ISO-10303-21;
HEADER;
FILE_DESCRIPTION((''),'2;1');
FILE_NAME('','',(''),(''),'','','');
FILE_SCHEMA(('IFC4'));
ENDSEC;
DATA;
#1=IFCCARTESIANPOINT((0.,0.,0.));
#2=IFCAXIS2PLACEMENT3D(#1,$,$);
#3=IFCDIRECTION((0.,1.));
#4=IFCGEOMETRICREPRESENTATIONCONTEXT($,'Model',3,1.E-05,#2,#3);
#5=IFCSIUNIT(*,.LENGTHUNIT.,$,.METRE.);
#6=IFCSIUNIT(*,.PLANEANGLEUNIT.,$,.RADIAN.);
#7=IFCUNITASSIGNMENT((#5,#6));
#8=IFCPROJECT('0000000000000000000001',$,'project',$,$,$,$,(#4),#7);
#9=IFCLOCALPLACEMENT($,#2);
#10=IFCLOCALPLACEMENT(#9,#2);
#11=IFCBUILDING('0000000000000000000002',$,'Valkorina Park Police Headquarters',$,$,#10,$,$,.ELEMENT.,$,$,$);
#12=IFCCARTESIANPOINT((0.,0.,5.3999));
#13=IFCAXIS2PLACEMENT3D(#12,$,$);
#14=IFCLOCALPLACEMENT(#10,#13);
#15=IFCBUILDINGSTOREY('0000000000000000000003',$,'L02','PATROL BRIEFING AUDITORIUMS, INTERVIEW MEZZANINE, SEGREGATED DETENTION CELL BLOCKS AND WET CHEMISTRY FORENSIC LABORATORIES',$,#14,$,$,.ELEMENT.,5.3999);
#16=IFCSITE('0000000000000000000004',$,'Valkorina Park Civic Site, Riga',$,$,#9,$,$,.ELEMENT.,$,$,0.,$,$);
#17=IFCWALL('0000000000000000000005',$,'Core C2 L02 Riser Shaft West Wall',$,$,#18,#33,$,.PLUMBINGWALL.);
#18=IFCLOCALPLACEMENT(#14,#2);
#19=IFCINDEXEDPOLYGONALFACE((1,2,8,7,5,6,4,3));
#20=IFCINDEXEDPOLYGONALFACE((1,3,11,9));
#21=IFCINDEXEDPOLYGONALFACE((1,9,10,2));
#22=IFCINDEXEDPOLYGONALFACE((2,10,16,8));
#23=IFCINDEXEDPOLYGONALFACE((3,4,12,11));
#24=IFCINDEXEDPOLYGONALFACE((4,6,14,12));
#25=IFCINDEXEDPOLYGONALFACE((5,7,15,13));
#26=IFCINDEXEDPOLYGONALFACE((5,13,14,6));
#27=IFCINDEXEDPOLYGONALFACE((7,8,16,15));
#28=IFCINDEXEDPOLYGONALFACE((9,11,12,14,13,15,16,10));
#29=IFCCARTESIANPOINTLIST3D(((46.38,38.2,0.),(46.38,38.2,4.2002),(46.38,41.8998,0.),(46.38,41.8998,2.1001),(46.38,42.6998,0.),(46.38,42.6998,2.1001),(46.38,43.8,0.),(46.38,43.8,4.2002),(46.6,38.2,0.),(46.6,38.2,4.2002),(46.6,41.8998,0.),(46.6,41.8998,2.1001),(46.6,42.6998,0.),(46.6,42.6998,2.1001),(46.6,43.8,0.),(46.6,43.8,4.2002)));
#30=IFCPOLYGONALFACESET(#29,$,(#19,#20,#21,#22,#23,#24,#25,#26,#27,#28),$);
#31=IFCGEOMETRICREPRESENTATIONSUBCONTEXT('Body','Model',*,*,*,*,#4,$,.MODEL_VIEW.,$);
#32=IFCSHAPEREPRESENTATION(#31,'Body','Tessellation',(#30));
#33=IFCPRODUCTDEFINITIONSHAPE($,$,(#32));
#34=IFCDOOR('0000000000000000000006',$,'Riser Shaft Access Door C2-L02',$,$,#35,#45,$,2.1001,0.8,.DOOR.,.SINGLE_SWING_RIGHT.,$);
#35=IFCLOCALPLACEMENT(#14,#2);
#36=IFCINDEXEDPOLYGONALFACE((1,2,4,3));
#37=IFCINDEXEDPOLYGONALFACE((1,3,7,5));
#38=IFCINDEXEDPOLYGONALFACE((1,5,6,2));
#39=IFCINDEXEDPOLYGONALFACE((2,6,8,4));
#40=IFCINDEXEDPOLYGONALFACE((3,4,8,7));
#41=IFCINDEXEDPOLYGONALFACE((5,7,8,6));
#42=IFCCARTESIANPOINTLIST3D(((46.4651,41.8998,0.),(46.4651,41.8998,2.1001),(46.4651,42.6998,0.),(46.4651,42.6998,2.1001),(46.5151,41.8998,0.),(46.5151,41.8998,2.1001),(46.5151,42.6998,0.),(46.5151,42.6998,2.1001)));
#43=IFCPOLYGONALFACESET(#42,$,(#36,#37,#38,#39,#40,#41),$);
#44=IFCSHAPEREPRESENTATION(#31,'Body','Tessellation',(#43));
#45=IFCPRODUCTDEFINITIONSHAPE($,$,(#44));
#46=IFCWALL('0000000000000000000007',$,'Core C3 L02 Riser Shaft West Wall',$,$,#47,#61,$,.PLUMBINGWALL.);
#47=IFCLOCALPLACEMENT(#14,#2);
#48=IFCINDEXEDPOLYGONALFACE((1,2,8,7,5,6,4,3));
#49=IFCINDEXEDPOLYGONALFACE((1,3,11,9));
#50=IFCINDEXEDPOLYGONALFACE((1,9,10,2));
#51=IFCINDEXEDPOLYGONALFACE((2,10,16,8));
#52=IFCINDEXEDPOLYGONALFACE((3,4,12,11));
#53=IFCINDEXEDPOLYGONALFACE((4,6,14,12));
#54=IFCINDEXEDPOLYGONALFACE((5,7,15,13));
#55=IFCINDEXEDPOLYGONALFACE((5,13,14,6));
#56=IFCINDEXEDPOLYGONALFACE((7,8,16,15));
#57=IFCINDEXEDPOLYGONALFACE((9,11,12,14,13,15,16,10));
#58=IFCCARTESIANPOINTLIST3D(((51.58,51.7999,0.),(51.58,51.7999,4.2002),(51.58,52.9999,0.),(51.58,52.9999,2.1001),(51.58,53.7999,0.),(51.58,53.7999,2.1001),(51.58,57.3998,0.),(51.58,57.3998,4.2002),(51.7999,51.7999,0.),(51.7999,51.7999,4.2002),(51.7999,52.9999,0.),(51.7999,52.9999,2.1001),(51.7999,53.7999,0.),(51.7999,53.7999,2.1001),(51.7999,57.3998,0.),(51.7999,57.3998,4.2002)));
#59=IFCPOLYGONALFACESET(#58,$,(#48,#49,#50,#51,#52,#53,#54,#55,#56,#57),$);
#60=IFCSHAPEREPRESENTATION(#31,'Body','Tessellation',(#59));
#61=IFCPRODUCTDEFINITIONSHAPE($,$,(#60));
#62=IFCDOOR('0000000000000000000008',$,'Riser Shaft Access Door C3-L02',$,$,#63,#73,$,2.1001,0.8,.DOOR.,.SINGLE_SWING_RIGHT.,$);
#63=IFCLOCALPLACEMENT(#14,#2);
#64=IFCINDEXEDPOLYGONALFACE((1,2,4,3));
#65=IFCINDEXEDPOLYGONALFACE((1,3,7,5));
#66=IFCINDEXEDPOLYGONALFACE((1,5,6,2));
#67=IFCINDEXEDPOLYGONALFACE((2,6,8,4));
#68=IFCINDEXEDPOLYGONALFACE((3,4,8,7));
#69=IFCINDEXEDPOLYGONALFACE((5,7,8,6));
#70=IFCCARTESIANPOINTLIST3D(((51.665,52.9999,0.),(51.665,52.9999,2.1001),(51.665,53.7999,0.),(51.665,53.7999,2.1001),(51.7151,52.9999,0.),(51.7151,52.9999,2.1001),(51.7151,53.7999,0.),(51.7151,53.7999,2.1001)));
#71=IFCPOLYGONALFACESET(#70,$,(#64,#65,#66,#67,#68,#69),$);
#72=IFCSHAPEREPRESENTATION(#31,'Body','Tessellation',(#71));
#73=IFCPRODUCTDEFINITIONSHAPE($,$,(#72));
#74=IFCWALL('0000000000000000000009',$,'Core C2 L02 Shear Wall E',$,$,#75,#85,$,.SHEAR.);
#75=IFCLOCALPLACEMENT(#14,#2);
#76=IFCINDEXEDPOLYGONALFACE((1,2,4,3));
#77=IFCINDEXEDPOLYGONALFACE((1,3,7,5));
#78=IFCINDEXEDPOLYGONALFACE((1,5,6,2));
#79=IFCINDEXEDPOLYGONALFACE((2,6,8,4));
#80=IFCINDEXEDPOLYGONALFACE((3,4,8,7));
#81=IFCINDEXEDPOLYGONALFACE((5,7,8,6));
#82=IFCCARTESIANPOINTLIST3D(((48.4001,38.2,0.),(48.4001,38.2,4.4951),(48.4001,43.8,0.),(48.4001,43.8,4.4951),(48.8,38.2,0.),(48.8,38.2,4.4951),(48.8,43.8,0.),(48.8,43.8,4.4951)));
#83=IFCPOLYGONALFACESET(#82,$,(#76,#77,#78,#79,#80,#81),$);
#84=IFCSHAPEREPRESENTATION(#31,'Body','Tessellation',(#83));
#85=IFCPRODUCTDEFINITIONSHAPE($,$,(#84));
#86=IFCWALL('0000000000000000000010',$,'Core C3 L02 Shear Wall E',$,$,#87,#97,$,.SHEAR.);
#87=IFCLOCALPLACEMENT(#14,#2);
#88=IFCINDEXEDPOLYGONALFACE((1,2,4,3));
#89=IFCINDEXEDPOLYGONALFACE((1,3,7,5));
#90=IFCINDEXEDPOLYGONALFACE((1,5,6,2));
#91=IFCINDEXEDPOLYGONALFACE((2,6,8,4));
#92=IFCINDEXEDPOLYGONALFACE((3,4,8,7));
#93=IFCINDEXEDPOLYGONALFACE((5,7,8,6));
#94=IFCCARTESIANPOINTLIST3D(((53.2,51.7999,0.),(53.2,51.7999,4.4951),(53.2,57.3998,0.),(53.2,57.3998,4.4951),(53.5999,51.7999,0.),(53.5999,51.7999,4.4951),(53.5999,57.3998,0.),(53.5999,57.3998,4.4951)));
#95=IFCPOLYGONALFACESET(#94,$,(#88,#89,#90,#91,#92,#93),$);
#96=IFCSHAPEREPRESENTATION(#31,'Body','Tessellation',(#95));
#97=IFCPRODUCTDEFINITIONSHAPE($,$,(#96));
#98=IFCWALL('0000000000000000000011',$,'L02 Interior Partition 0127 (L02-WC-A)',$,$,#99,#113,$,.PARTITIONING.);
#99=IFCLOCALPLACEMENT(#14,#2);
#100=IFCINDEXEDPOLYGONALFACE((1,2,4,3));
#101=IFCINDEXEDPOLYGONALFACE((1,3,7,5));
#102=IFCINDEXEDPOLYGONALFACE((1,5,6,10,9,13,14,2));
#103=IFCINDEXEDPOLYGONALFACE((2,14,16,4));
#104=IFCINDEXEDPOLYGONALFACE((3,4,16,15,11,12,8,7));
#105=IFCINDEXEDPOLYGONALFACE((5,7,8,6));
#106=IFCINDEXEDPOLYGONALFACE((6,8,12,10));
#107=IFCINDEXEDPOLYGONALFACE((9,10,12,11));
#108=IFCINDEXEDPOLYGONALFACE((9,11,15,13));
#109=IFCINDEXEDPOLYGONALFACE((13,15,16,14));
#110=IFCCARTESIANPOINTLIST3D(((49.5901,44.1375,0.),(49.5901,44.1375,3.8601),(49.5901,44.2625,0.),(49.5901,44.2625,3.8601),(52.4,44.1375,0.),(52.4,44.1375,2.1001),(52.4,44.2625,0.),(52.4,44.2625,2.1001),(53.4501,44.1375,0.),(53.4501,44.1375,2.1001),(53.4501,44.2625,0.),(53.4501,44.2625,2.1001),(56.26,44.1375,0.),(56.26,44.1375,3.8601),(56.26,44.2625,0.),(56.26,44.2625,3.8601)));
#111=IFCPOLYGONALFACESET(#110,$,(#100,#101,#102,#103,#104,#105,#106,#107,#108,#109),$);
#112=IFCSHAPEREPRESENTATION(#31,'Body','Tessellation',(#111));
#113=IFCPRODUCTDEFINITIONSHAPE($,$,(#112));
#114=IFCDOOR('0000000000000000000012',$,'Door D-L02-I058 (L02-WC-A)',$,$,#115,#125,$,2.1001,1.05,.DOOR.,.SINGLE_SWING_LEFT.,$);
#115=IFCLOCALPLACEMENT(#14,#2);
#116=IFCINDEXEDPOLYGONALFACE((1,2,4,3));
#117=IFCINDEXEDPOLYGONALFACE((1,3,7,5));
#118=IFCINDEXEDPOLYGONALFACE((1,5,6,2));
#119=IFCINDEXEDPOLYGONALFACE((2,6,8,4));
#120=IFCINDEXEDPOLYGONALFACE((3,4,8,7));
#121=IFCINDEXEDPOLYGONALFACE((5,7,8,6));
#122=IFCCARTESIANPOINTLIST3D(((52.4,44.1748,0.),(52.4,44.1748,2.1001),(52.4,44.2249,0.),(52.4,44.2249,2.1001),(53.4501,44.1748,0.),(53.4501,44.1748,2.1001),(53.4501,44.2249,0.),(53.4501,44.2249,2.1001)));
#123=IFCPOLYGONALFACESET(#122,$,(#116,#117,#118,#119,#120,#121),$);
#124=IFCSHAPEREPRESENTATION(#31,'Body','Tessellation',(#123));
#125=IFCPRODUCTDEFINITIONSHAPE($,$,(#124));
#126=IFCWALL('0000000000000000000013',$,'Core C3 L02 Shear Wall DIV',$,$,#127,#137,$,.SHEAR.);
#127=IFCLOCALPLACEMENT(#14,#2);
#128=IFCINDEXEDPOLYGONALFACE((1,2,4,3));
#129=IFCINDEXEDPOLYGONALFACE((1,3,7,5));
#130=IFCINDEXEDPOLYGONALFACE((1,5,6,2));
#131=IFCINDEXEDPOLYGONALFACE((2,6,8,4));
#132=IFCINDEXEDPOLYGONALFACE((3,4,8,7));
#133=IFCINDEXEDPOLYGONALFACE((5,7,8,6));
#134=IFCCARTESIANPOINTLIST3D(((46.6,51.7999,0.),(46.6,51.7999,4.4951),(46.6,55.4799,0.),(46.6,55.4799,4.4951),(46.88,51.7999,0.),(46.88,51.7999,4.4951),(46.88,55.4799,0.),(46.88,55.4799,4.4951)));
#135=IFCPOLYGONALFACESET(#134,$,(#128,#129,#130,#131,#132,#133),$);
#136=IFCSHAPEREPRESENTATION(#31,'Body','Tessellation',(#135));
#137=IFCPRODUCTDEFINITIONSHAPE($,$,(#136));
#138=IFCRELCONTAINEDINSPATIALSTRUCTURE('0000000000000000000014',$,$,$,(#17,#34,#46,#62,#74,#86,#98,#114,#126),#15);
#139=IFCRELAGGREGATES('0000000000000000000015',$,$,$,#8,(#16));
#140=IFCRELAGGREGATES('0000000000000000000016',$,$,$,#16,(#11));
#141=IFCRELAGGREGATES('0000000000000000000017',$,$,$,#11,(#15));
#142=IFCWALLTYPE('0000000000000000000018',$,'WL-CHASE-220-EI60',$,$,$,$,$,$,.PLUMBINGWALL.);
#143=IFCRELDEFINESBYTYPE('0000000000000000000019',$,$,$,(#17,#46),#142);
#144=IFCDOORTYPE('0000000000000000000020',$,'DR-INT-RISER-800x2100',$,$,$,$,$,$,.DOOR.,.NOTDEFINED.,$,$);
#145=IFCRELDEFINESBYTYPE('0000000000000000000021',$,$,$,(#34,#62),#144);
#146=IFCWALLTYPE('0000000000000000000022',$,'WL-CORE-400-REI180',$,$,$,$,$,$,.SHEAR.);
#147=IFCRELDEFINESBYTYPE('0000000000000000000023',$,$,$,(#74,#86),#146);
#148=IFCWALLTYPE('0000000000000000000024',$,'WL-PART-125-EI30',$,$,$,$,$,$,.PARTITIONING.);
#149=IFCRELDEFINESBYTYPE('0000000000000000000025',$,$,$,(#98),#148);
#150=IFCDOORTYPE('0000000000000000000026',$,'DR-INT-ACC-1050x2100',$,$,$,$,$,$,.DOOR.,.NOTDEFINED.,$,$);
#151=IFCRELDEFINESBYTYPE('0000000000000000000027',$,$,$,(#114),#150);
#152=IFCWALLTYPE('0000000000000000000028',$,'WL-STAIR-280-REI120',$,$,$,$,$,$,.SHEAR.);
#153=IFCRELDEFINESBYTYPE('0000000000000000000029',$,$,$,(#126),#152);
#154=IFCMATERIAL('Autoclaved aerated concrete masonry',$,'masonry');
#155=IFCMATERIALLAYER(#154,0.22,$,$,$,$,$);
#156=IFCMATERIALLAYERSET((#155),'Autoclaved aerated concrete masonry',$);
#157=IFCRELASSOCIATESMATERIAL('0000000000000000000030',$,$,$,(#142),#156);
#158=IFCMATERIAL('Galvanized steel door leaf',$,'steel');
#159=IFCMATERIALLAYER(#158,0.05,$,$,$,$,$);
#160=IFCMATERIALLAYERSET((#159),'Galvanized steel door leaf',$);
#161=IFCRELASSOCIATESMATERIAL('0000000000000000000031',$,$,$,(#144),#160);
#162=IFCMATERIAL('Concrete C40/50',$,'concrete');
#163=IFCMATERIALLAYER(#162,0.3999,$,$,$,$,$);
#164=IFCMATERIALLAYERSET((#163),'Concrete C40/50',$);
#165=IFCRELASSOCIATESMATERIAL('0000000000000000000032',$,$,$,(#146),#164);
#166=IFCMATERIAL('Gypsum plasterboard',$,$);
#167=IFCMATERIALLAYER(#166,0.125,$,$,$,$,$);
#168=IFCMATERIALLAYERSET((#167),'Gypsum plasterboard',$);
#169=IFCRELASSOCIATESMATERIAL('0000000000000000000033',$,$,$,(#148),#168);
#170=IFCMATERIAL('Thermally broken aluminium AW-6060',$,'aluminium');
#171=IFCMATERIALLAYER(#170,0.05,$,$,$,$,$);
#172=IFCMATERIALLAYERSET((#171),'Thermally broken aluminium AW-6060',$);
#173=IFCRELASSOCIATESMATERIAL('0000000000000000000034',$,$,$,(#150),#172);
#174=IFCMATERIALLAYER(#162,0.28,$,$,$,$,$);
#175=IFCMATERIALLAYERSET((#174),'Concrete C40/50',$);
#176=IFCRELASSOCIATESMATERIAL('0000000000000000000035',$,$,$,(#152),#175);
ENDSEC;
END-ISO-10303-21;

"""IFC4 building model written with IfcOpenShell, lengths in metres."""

from ifc_helpers import new_model, si_unit, direction, frame, frame_2d, origin, place, context, subcontext, project, spatial, rectangle, extrude, material, layer, layer_set, type_object, element, fill, save


model = new_model("IFC4")

# Units and contexts
model_context = context("Model", 3, precision=1e-05, world=origin(), true_north=direction((0.0, 1.0)))
body_context = subcontext(model_context, "Body", "Model", "MODEL_VIEW")
ifc_project = project(units=[si_unit("LENGTHUNIT", "METRE"), si_unit("PLANEANGLEUNIT", "RADIAN")], contexts=[model_context])

# Site, building, storey
site_placement = place(None, origin())
site = spatial("IfcSite", under=ifc_project, at=site_placement, Name="Valkorina Park Civic Site, Riga", CompositionType="ELEMENT", RefElevation=0.0)
building_placement = place(site_placement, origin())
building = spatial("IfcBuilding", under=site, at=building_placement, Name="Valkorina Park Police Headquarters", CompositionType="ELEMENT")
storey_placement = place(building_placement, frame((0.0, 0.0, 5.3999)))
storey = spatial("IfcBuildingStorey", under=building, at=storey_placement, Name="L02", Description="PATROL BRIEFING AUDITORIUMS, INTERVIEW MEZZANINE, SEGREGATED DETENTION CELL BLOCKS AND WET CHEMISTRY FORENSIC LABORATORIES", CompositionType="ELEMENT", Elevation=5.3999)

# Shared definitions
ifc_material_1 = material(Name="Autoclaved aerated concrete masonry", Category="masonry")
ifc_layer_1 = layer(ifc_material_1, 0.22)
ifc_layer_set_1 = layer_set([ifc_layer_1], Name="Autoclaved aerated concrete masonry")
wall_type_1 = type_object("IfcWallType", Name="WL-CHASE-220-EI60", PredefinedType="PLUMBINGWALL", material=ifc_layer_set_1)

# Walls, openings, doors
wall_1_placement = place(storey_placement, frame((46.49, 38.2, 0.0), z_axis=(0.0, 0.0, 1.0), x_axis=(0.0, 1.0, 0.0)))
wall_1 = element("IfcWall", 1, at=wall_1_placement, inside=storey, type_object=wall_type_1, Name="Core C2 L02 Riser Shaft West Wall", PredefinedType="PLUMBINGWALL", context=body_context, shape_type="SweptSolid", body=[
    extrude(rectangle(XDim=5.6001, YDim=0.22, at=frame_2d((2.8, 0.0))), origin(), (0.0, 0.0, 1.0), 4.2002),
])
opening_1_placement = place(wall_1_placement, frame((3.7, 0.0, 0.0)))
opening_1 = element("IfcOpeningElement", 2, at=opening_1_placement, cuts=wall_1, PredefinedType="OPENING", context=body_context, shape_type="SweptSolid", body=[
    extrude(rectangle(XDim=0.8, YDim=2.1001, at=frame_2d((0.3999, 1.05))), frame((0.0, 0.1201, 0.0), z_axis=(0.0, -1.0, 0.0), x_axis=(1.0, 0.0, 0.0)), (0.0, 0.0, 1.0), 0.24),
])
ifc_material_2 = material(Name="Galvanized steel door leaf", Category="steel")
ifc_layer_2 = layer(ifc_material_2, 0.05)
ifc_layer_set_2 = layer_set([ifc_layer_2], Name="Galvanized steel door leaf")
door_type_1 = type_object("IfcDoorType", Name="DR-INT-RISER-800x2100", OperationType="NOTDEFINED", PredefinedType="DOOR", material=ifc_layer_set_2)
door_1_placement = place(opening_1_placement, origin())
door_1 = element("IfcDoor", 3, at=door_1_placement, inside=storey, type_object=door_type_1, Name="Riser Shaft Access Door C2-L02", OperationType="SINGLE_SWING_RIGHT", OverallHeight=2.1001, OverallWidth=0.8, PredefinedType="DOOR", context=body_context, shape_type="SweptSolid", body=[
    extrude(rectangle(XDim=0.8, YDim=2.1001, at=frame_2d((0.3999, 1.05))), frame((0.0, 0.0249, 0.0), z_axis=(0.0, -1.0, 0.0), x_axis=(1.0, 0.0, 0.0)), (0.0, 0.0, 1.0), 0.05),
])
fill(opening_1, door_1)
wall_2_placement = place(storey_placement, frame((51.6899, 51.8, 0.0), z_axis=(0.0, 0.0, 1.0), x_axis=(0.0, 1.0, 0.0)))
wall_2 = element("IfcWall", 4, at=wall_2_placement, inside=storey, type_object=wall_type_1, Name="Core C3 L02 Riser Shaft West Wall", PredefinedType="PLUMBINGWALL", context=body_context, shape_type="SweptSolid", body=[
    extrude(rectangle(XDim=5.5999, YDim=0.22, at=frame_2d((2.7998, 0.0))), origin(), (0.0, 0.0, 1.0), 4.2002),
])
opening_2_placement = place(wall_2_placement, frame((1.2, 0.0, 0.0)))
opening_2 = element("IfcOpeningElement", 5, at=opening_2_placement, cuts=wall_2, PredefinedType="OPENING", context=body_context, shape_type="SweptSolid", body=[
    extrude(rectangle(XDim=0.8, YDim=2.1001, at=frame_2d((0.3999, 1.05))), frame((0.0, 0.1201, 0.0), z_axis=(0.0, -1.0, 0.0), x_axis=(1.0, 0.0, 0.0)), (0.0, 0.0, 1.0), 0.24),
])
door_2_placement = place(opening_2_placement, origin())
door_2 = element("IfcDoor", 6, at=door_2_placement, inside=storey, type_object=door_type_1, Name="Riser Shaft Access Door C3-L02", OperationType="SINGLE_SWING_RIGHT", OverallHeight=2.1001, OverallWidth=0.8, PredefinedType="DOOR", context=body_context, shape_type="SweptSolid", body=[
    extrude(rectangle(XDim=0.8, YDim=2.1001, at=frame_2d((0.3999, 1.05))), frame((0.0, 0.0249, 0.0), z_axis=(0.0, -1.0, 0.0), x_axis=(1.0, 0.0, 0.0)), (0.0, 0.0, 1.0), 0.05),
])
fill(opening_2, door_2)

# Walls
ifc_material_3 = material(Name="Concrete C40/50", Category="concrete")
ifc_layer_3 = layer(ifc_material_3, 0.3999)
ifc_layer_set_3 = layer_set([ifc_layer_3], Name="Concrete C40/50")
wall_type_2 = type_object("IfcWallType", Name="WL-CORE-400-REI180", PredefinedType="SHEAR", material=ifc_layer_set_3)
wall_3_placement = place(storey_placement, frame((48.6001, 38.2, 0.0), z_axis=(0.0, 0.0, 1.0), x_axis=(0.0, 1.0, 0.0)))
element("IfcWall", 7, at=wall_3_placement, inside=storey, type_object=wall_type_2, Name="Core C2 L02 Shear Wall E", PredefinedType="SHEAR", context=body_context, shape_type="SweptSolid", body=[
    extrude(rectangle(XDim=5.6001, YDim=0.3999, at=frame_2d((2.8, 0.0))), origin(), (0.0, 0.0, 1.0), 4.4951),
])
wall_4_placement = place(storey_placement, frame((53.3999, 51.8, 0.0), z_axis=(0.0, 0.0, 1.0), x_axis=(0.0, 1.0, 0.0)))
element("IfcWall", 8, at=wall_4_placement, inside=storey, type_object=wall_type_2, Name="Core C3 L02 Shear Wall E", PredefinedType="SHEAR", context=body_context, shape_type="SweptSolid", body=[
    extrude(rectangle(XDim=5.5999, YDim=0.3999, at=frame_2d((2.7998, 0.0))), origin(), (0.0, 0.0, 1.0), 4.4951),
])

# Wall, opening, door
ifc_material_4 = material(Name="Gypsum plasterboard")
ifc_layer_4 = layer(ifc_material_4, 0.125)
ifc_layer_set_4 = layer_set([ifc_layer_4], Name="Gypsum plasterboard")
wall_type_3 = type_object("IfcWallType", Name="WL-PART-125-EI30", PredefinedType="PARTITIONING", material=ifc_layer_set_4)
wall_5_placement = place(storey_placement, frame((49.5901, 44.2, 0.0), z_axis=(0.0, 0.0, 1.0), x_axis=(1.0, 0.0, 0.0)))
wall_5 = element("IfcWall", 9, at=wall_5_placement, inside=storey, type_object=wall_type_3, Name="L02 Interior Partition 0127 (L02-WC-A)", PredefinedType="PARTITIONING", context=body_context, shape_type="SweptSolid", body=[
    extrude(rectangle(XDim=6.6699, YDim=0.125, at=frame_2d((3.335, 0.0))), origin(), (0.0, 0.0, 1.0), 3.8601),
])
opening_3_placement = place(wall_5_placement, frame((2.8101, 0.0, 0.0)))
opening_3 = element("IfcOpeningElement", 10, at=opening_3_placement, cuts=wall_5, PredefinedType="OPENING", context=body_context, shape_type="SweptSolid", body=[
    extrude(rectangle(XDim=1.05, YDim=2.1001, at=frame_2d((0.5249, 1.05))), frame((0.0, 0.0725, 0.0), z_axis=(0.0, -1.0, 0.0), x_axis=(1.0, 0.0, 0.0)), (0.0, 0.0, 1.0), 0.145),
])
ifc_material_5 = material(Name="Thermally broken aluminium AW-6060", Category="aluminium")
ifc_layer_5 = layer(ifc_material_5, 0.05)
ifc_layer_set_5 = layer_set([ifc_layer_5], Name="Thermally broken aluminium AW-6060")
door_type_2 = type_object("IfcDoorType", Name="DR-INT-ACC-1050x2100", OperationType="NOTDEFINED", PredefinedType="DOOR", material=ifc_layer_set_5)
door_3_placement = place(opening_3_placement, origin())
door_3 = element("IfcDoor", 11, at=door_3_placement, inside=storey, type_object=door_type_2, Name="Door D-L02-I058 (L02-WC-A)", OperationType="SINGLE_SWING_LEFT", OverallHeight=2.1001, OverallWidth=1.05, PredefinedType="DOOR", context=body_context, shape_type="SweptSolid", body=[
    extrude(rectangle(XDim=1.05, YDim=2.1001, at=frame_2d((0.5249, 1.05))), frame((0.0, 0.0249, 0.0), z_axis=(0.0, -1.0, 0.0), x_axis=(1.0, 0.0, 0.0)), (0.0, 0.0, 1.0), 0.05),
])
fill(opening_3, door_3)

# Wall
ifc_layer_6 = layer(ifc_material_3, 0.28)
ifc_layer_set_6 = layer_set([ifc_layer_6], Name="Concrete C40/50")
wall_type_4 = type_object("IfcWallType", Name="WL-STAIR-280-REI120", PredefinedType="SHEAR", material=ifc_layer_set_6)
wall_6_placement = place(storey_placement, frame((46.74, 51.8, 0.0), z_axis=(0.0, 0.0, 1.0), x_axis=(0.0, 1.0, 0.0)))
element("IfcWall", 12, at=wall_6_placement, inside=storey, type_object=wall_type_4, Name="Core C3 L02 Shear Wall DIV", PredefinedType="SHEAR", context=body_context, shape_type="SweptSolid", body=[
    extrude(rectangle(XDim=3.6799, YDim=0.28, at=frame_2d((1.8398, 0.0))), origin(), (0.0, 0.0, 1.0), 4.4951),
])

save(model, "model.ifc")
